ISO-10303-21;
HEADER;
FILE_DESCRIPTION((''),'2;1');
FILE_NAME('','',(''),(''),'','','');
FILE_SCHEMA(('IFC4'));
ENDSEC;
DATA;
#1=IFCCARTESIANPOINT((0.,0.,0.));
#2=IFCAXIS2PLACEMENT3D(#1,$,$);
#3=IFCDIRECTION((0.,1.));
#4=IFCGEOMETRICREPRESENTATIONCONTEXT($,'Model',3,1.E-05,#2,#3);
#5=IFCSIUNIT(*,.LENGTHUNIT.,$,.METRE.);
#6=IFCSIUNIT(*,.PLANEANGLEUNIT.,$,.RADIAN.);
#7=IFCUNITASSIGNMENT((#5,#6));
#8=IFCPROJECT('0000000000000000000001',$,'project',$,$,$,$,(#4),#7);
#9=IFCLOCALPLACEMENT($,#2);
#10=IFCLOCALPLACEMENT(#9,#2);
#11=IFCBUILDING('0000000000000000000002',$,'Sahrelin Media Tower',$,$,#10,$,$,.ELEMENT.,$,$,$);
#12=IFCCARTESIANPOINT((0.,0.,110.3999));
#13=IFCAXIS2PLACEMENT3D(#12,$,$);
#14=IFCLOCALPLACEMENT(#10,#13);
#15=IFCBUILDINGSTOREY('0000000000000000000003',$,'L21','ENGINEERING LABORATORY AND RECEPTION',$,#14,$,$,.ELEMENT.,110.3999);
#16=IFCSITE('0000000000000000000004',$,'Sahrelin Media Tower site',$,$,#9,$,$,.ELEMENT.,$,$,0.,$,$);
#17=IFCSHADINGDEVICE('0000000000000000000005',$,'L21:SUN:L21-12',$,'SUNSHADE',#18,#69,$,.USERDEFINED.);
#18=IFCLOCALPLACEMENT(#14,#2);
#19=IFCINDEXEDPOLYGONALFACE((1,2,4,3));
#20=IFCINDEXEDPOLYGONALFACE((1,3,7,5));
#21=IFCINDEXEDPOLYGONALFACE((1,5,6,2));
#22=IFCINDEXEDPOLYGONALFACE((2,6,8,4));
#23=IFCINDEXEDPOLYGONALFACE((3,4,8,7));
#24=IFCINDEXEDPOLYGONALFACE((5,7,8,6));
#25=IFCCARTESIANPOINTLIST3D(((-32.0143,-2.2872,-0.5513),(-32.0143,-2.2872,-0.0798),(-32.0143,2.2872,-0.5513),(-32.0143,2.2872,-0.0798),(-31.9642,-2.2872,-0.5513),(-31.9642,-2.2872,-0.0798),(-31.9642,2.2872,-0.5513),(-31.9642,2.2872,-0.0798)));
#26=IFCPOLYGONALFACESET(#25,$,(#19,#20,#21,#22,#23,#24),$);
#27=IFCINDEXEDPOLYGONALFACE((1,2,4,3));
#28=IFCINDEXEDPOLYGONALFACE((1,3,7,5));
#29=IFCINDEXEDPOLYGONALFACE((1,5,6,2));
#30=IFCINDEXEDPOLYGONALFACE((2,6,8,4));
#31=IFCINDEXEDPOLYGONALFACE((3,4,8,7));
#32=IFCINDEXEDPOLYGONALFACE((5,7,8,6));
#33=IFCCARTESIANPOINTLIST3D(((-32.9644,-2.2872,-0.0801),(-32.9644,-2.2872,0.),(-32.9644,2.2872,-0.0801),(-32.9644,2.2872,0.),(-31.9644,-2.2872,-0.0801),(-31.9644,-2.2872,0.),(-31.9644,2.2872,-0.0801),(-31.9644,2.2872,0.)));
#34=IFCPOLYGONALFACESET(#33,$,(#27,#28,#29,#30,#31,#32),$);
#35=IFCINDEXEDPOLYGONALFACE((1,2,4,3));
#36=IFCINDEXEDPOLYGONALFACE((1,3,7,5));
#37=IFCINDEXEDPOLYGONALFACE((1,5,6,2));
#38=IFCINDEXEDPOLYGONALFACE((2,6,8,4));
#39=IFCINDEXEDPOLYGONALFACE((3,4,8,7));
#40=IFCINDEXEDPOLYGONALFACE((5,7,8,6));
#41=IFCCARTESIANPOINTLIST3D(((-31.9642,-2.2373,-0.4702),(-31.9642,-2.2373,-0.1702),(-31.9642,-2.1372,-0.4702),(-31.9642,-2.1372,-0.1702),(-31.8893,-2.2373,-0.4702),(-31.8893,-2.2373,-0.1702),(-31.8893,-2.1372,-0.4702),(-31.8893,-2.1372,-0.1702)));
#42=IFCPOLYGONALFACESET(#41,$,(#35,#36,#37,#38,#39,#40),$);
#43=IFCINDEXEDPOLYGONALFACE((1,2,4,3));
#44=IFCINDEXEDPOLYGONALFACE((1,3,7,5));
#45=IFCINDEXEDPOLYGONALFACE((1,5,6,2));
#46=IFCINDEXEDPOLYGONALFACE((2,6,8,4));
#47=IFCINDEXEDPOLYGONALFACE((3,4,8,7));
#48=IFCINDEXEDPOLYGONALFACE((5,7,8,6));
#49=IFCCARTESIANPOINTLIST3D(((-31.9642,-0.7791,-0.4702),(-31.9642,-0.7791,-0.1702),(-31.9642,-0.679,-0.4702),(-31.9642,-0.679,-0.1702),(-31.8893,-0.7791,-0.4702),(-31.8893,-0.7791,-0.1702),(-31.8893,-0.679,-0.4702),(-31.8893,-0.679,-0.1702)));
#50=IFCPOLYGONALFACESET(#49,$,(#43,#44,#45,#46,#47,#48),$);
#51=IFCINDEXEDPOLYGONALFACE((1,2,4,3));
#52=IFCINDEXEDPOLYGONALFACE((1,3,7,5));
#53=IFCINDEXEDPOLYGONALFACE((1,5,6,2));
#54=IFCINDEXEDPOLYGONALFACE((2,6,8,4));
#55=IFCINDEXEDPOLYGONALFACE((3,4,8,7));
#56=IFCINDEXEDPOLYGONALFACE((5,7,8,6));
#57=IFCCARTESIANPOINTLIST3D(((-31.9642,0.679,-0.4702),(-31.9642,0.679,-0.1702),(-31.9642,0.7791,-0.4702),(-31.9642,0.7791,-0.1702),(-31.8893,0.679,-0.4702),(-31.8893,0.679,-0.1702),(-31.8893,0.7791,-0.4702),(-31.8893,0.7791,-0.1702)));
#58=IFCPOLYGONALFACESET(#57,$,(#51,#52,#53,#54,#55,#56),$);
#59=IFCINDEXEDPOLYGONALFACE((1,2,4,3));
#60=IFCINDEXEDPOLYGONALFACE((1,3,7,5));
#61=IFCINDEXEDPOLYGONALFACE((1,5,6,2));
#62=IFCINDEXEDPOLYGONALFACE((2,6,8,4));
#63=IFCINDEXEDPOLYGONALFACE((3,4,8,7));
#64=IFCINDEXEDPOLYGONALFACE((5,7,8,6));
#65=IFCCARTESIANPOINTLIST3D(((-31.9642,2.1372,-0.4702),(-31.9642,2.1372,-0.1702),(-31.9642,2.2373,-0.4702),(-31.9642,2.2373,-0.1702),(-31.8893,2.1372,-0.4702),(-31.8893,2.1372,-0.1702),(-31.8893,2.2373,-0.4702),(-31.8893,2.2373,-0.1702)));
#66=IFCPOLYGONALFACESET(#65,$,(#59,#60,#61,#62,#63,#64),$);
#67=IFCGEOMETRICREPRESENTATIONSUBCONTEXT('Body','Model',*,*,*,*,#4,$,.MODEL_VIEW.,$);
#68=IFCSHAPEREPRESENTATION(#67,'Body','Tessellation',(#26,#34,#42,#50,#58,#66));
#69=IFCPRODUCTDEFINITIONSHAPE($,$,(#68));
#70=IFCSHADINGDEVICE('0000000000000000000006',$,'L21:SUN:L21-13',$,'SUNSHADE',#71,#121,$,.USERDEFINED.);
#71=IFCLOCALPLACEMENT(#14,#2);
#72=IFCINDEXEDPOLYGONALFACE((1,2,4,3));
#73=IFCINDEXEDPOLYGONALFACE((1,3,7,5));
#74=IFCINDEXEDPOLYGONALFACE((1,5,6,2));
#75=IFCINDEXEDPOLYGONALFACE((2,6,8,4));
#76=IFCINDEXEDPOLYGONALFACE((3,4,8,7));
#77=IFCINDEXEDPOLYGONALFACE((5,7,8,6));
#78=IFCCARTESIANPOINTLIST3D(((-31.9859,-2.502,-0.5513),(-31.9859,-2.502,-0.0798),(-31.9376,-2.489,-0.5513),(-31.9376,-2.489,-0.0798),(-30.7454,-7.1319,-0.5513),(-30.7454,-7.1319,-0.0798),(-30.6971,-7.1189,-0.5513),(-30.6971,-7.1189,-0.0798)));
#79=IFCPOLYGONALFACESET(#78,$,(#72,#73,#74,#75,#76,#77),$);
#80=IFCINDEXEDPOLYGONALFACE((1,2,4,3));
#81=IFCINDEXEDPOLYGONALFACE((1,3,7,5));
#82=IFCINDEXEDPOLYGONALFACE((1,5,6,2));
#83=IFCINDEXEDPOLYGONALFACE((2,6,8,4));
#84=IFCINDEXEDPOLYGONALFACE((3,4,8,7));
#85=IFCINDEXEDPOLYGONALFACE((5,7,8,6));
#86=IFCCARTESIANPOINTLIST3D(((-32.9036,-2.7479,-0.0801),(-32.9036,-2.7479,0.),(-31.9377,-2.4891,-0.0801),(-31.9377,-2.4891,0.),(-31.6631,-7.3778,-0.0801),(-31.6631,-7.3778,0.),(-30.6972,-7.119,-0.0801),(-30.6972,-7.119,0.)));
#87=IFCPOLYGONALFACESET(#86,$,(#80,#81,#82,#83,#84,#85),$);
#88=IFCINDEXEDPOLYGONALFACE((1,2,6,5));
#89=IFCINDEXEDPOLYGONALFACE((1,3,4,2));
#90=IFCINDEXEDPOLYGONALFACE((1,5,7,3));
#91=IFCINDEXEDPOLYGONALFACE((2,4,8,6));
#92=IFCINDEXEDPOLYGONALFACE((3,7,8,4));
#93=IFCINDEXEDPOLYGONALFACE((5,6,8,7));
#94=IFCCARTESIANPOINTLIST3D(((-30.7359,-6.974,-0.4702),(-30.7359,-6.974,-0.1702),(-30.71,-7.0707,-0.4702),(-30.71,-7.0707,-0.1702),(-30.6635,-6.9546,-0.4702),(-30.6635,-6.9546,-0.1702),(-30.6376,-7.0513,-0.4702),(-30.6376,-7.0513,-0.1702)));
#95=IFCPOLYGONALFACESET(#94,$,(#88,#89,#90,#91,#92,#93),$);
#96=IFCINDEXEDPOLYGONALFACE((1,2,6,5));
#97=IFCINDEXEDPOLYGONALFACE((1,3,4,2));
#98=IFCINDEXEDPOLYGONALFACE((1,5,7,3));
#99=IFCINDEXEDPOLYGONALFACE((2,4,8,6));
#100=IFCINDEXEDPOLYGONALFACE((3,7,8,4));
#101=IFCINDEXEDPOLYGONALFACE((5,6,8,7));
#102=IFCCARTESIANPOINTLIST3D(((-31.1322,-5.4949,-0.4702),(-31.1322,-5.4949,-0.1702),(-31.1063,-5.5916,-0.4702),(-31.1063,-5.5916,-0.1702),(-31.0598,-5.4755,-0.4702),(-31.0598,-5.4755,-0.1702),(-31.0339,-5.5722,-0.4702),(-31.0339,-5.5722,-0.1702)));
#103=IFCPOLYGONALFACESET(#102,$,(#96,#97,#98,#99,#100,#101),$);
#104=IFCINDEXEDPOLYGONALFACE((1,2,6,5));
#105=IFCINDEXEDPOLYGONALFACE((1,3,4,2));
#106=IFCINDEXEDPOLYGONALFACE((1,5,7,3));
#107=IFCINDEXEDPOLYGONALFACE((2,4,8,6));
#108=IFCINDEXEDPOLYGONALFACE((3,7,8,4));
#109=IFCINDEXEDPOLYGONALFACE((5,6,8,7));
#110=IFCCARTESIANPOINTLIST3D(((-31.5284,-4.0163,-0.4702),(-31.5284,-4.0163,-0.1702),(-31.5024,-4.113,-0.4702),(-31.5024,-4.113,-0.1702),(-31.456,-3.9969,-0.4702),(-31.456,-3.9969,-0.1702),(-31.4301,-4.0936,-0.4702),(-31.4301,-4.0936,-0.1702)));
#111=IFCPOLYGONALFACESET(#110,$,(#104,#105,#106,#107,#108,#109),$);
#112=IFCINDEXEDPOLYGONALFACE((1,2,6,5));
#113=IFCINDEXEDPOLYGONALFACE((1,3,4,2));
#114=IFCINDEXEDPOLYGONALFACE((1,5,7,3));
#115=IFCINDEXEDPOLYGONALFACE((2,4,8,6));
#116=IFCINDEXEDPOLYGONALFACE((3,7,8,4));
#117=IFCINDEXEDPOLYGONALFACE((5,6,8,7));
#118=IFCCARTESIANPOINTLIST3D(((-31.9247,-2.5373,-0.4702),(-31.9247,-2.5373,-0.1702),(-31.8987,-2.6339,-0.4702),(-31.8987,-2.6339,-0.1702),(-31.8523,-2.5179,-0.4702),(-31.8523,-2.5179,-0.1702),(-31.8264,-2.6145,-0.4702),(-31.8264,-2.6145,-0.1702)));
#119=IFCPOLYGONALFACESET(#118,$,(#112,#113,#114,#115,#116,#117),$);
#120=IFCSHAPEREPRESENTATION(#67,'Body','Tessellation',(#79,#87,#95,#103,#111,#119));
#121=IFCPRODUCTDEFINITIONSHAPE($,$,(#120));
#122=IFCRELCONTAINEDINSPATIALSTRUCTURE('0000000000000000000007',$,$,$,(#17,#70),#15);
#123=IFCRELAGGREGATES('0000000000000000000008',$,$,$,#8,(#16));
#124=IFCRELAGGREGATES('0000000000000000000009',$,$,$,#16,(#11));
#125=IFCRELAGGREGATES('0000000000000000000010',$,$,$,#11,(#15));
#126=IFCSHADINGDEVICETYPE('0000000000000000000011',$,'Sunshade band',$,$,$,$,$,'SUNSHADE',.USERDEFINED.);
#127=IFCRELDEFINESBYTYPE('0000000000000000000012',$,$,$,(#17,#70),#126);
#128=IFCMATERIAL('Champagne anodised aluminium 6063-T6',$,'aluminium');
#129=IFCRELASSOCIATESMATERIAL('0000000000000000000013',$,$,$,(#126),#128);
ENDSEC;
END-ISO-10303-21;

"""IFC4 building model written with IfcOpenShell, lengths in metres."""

from ifc_helpers import new_model, si_unit, direction, frame, origin, origin_2d, place, context, subcontext, project, spatial, rectangle, extrude, material, type_object, element, save


model = new_model("IFC4")

# Units and contexts
model_context = context("Model", 3, precision=1e-05, world=origin(), true_north=direction((0.0, 1.0)))
body_context = subcontext(model_context, "Body", "Model", "MODEL_VIEW")
ifc_project = project(units=[si_unit("LENGTHUNIT", "METRE"), si_unit("PLANEANGLEUNIT", "RADIAN")], contexts=[model_context])

# Site, building, storey
site_placement = place(None, origin())
site = spatial("IfcSite", under=ifc_project, at=site_placement, Name="Sahrelin Media Tower site", CompositionType="ELEMENT", RefElevation=0.0)
building_placement = place(site_placement, origin())
building = spatial("IfcBuilding", under=site, at=building_placement, Name="Sahrelin Media Tower", CompositionType="ELEMENT")
storey_placement = place(building_placement, frame((0.0, 0.0, 110.3999)))
storey = spatial("IfcBuildingStorey", under=building, at=storey_placement, Name="L21", Description="ENGINEERING LABORATORY AND RECEPTION", CompositionType="ELEMENT", Elevation=110.3999)

# Shared definitions
ifc_material_1 = material(Name="Champagne anodised aluminium 6063-T6", Category="aluminium")

# Shading devices
placement_1 = place(storey_placement, frame((-31.9443, 0.0, 0.0), z_axis=(0.0, 0.0, 1.0), x_axis=(0.0, 1.0, 0.0)))
placement_2 = place(storey_placement, frame((-31.2981, -4.7988, 0.0), z_axis=(0.0, 0.0, 1.0), x_axis=(-0.258808, 0.965929, 0.0)))
shading_device_type_1 = type_object("IfcShadingDeviceType", Name="Sunshade band", ElementType="SUNSHADE", PredefinedType="USERDEFINED", material=ifc_material_1)
element("IfcShadingDevice", 1, at=placement_1, inside=storey, type_object=shading_device_type_1, Name="L21:SUN:L21-12", ObjectType="SUNSHADE", PredefinedType="USERDEFINED", context=body_context, shape_type="SweptSolid", body=[
    extrude(rectangle(XDim=4.5745, YDim=0.05, at=origin_2d()), frame((0.0, 0.0449, -0.5513)), (0.0, 0.0, 1.0), 0.4714),
    extrude(rectangle(XDim=4.5745, YDim=1.0, at=origin_2d()), frame((0.0, 0.52, -0.0801)), (0.0, 0.0, 1.0), 0.0801),
    extrude(rectangle(XDim=0.1001, YDim=0.075, at=origin_2d()), frame((-2.1873, -0.0176, -0.4702)), (0.0, 0.0, 1.0), 0.3),
    extrude(rectangle(XDim=0.1001, YDim=0.075, at=origin_2d()), frame((-0.729, -0.0176, -0.4702)), (0.0, 0.0, 1.0), 0.3),
    extrude(rectangle(XDim=0.1001, YDim=0.075, at=origin_2d()), frame((0.729, -0.0176, -0.4702)), (0.0, 0.0, 1.0), 0.3),
    extrude(rectangle(XDim=0.1001, YDim=0.075, at=origin_2d()), frame((2.1873, -0.0176, -0.4702)), (0.0, 0.0, 1.0), 0.3),
])
element("IfcShadingDevice", 2, at=placement_2, inside=storey, type_object=shading_device_type_1, Name="L21:SUN:L21-13", ObjectType="SUNSHADE", PredefinedType="USERDEFINED", context=body_context, shape_type="SweptSolid", body=[
    extrude(rectangle(XDim=4.7932, YDim=0.05, at=origin_2d()), frame((0.0, 0.0449, -0.5513)), (0.0, 0.0, 1.0), 0.4714),
    extrude(rectangle(XDim=4.7932, YDim=1.0, at=origin_2d()), frame((0.0, 0.52, -0.0801)), (0.0, 0.0, 1.0), 0.0801),
    extrude(rectangle(XDim=0.1001, YDim=0.075, at=origin_2d()), frame((-2.2966, -0.0176, -0.4702)), (0.0, 0.0, 1.0), 0.3),
    extrude(rectangle(XDim=0.1001, YDim=0.075, at=origin_2d()), frame((-0.7654, -0.0176, -0.4702)), (0.0, 0.0, 1.0), 0.3),
    extrude(rectangle(XDim=0.1001, YDim=0.075, at=origin_2d()), frame((0.7654, -0.0176, -0.4702)), (0.0, 0.0, 1.0), 0.3),
    extrude(rectangle(XDim=0.1001, YDim=0.075, at=origin_2d()), frame((2.2966, -0.0176, -0.4702)), (0.0, 0.0, 1.0), 0.3),
])

save(model, "model.ifc")
